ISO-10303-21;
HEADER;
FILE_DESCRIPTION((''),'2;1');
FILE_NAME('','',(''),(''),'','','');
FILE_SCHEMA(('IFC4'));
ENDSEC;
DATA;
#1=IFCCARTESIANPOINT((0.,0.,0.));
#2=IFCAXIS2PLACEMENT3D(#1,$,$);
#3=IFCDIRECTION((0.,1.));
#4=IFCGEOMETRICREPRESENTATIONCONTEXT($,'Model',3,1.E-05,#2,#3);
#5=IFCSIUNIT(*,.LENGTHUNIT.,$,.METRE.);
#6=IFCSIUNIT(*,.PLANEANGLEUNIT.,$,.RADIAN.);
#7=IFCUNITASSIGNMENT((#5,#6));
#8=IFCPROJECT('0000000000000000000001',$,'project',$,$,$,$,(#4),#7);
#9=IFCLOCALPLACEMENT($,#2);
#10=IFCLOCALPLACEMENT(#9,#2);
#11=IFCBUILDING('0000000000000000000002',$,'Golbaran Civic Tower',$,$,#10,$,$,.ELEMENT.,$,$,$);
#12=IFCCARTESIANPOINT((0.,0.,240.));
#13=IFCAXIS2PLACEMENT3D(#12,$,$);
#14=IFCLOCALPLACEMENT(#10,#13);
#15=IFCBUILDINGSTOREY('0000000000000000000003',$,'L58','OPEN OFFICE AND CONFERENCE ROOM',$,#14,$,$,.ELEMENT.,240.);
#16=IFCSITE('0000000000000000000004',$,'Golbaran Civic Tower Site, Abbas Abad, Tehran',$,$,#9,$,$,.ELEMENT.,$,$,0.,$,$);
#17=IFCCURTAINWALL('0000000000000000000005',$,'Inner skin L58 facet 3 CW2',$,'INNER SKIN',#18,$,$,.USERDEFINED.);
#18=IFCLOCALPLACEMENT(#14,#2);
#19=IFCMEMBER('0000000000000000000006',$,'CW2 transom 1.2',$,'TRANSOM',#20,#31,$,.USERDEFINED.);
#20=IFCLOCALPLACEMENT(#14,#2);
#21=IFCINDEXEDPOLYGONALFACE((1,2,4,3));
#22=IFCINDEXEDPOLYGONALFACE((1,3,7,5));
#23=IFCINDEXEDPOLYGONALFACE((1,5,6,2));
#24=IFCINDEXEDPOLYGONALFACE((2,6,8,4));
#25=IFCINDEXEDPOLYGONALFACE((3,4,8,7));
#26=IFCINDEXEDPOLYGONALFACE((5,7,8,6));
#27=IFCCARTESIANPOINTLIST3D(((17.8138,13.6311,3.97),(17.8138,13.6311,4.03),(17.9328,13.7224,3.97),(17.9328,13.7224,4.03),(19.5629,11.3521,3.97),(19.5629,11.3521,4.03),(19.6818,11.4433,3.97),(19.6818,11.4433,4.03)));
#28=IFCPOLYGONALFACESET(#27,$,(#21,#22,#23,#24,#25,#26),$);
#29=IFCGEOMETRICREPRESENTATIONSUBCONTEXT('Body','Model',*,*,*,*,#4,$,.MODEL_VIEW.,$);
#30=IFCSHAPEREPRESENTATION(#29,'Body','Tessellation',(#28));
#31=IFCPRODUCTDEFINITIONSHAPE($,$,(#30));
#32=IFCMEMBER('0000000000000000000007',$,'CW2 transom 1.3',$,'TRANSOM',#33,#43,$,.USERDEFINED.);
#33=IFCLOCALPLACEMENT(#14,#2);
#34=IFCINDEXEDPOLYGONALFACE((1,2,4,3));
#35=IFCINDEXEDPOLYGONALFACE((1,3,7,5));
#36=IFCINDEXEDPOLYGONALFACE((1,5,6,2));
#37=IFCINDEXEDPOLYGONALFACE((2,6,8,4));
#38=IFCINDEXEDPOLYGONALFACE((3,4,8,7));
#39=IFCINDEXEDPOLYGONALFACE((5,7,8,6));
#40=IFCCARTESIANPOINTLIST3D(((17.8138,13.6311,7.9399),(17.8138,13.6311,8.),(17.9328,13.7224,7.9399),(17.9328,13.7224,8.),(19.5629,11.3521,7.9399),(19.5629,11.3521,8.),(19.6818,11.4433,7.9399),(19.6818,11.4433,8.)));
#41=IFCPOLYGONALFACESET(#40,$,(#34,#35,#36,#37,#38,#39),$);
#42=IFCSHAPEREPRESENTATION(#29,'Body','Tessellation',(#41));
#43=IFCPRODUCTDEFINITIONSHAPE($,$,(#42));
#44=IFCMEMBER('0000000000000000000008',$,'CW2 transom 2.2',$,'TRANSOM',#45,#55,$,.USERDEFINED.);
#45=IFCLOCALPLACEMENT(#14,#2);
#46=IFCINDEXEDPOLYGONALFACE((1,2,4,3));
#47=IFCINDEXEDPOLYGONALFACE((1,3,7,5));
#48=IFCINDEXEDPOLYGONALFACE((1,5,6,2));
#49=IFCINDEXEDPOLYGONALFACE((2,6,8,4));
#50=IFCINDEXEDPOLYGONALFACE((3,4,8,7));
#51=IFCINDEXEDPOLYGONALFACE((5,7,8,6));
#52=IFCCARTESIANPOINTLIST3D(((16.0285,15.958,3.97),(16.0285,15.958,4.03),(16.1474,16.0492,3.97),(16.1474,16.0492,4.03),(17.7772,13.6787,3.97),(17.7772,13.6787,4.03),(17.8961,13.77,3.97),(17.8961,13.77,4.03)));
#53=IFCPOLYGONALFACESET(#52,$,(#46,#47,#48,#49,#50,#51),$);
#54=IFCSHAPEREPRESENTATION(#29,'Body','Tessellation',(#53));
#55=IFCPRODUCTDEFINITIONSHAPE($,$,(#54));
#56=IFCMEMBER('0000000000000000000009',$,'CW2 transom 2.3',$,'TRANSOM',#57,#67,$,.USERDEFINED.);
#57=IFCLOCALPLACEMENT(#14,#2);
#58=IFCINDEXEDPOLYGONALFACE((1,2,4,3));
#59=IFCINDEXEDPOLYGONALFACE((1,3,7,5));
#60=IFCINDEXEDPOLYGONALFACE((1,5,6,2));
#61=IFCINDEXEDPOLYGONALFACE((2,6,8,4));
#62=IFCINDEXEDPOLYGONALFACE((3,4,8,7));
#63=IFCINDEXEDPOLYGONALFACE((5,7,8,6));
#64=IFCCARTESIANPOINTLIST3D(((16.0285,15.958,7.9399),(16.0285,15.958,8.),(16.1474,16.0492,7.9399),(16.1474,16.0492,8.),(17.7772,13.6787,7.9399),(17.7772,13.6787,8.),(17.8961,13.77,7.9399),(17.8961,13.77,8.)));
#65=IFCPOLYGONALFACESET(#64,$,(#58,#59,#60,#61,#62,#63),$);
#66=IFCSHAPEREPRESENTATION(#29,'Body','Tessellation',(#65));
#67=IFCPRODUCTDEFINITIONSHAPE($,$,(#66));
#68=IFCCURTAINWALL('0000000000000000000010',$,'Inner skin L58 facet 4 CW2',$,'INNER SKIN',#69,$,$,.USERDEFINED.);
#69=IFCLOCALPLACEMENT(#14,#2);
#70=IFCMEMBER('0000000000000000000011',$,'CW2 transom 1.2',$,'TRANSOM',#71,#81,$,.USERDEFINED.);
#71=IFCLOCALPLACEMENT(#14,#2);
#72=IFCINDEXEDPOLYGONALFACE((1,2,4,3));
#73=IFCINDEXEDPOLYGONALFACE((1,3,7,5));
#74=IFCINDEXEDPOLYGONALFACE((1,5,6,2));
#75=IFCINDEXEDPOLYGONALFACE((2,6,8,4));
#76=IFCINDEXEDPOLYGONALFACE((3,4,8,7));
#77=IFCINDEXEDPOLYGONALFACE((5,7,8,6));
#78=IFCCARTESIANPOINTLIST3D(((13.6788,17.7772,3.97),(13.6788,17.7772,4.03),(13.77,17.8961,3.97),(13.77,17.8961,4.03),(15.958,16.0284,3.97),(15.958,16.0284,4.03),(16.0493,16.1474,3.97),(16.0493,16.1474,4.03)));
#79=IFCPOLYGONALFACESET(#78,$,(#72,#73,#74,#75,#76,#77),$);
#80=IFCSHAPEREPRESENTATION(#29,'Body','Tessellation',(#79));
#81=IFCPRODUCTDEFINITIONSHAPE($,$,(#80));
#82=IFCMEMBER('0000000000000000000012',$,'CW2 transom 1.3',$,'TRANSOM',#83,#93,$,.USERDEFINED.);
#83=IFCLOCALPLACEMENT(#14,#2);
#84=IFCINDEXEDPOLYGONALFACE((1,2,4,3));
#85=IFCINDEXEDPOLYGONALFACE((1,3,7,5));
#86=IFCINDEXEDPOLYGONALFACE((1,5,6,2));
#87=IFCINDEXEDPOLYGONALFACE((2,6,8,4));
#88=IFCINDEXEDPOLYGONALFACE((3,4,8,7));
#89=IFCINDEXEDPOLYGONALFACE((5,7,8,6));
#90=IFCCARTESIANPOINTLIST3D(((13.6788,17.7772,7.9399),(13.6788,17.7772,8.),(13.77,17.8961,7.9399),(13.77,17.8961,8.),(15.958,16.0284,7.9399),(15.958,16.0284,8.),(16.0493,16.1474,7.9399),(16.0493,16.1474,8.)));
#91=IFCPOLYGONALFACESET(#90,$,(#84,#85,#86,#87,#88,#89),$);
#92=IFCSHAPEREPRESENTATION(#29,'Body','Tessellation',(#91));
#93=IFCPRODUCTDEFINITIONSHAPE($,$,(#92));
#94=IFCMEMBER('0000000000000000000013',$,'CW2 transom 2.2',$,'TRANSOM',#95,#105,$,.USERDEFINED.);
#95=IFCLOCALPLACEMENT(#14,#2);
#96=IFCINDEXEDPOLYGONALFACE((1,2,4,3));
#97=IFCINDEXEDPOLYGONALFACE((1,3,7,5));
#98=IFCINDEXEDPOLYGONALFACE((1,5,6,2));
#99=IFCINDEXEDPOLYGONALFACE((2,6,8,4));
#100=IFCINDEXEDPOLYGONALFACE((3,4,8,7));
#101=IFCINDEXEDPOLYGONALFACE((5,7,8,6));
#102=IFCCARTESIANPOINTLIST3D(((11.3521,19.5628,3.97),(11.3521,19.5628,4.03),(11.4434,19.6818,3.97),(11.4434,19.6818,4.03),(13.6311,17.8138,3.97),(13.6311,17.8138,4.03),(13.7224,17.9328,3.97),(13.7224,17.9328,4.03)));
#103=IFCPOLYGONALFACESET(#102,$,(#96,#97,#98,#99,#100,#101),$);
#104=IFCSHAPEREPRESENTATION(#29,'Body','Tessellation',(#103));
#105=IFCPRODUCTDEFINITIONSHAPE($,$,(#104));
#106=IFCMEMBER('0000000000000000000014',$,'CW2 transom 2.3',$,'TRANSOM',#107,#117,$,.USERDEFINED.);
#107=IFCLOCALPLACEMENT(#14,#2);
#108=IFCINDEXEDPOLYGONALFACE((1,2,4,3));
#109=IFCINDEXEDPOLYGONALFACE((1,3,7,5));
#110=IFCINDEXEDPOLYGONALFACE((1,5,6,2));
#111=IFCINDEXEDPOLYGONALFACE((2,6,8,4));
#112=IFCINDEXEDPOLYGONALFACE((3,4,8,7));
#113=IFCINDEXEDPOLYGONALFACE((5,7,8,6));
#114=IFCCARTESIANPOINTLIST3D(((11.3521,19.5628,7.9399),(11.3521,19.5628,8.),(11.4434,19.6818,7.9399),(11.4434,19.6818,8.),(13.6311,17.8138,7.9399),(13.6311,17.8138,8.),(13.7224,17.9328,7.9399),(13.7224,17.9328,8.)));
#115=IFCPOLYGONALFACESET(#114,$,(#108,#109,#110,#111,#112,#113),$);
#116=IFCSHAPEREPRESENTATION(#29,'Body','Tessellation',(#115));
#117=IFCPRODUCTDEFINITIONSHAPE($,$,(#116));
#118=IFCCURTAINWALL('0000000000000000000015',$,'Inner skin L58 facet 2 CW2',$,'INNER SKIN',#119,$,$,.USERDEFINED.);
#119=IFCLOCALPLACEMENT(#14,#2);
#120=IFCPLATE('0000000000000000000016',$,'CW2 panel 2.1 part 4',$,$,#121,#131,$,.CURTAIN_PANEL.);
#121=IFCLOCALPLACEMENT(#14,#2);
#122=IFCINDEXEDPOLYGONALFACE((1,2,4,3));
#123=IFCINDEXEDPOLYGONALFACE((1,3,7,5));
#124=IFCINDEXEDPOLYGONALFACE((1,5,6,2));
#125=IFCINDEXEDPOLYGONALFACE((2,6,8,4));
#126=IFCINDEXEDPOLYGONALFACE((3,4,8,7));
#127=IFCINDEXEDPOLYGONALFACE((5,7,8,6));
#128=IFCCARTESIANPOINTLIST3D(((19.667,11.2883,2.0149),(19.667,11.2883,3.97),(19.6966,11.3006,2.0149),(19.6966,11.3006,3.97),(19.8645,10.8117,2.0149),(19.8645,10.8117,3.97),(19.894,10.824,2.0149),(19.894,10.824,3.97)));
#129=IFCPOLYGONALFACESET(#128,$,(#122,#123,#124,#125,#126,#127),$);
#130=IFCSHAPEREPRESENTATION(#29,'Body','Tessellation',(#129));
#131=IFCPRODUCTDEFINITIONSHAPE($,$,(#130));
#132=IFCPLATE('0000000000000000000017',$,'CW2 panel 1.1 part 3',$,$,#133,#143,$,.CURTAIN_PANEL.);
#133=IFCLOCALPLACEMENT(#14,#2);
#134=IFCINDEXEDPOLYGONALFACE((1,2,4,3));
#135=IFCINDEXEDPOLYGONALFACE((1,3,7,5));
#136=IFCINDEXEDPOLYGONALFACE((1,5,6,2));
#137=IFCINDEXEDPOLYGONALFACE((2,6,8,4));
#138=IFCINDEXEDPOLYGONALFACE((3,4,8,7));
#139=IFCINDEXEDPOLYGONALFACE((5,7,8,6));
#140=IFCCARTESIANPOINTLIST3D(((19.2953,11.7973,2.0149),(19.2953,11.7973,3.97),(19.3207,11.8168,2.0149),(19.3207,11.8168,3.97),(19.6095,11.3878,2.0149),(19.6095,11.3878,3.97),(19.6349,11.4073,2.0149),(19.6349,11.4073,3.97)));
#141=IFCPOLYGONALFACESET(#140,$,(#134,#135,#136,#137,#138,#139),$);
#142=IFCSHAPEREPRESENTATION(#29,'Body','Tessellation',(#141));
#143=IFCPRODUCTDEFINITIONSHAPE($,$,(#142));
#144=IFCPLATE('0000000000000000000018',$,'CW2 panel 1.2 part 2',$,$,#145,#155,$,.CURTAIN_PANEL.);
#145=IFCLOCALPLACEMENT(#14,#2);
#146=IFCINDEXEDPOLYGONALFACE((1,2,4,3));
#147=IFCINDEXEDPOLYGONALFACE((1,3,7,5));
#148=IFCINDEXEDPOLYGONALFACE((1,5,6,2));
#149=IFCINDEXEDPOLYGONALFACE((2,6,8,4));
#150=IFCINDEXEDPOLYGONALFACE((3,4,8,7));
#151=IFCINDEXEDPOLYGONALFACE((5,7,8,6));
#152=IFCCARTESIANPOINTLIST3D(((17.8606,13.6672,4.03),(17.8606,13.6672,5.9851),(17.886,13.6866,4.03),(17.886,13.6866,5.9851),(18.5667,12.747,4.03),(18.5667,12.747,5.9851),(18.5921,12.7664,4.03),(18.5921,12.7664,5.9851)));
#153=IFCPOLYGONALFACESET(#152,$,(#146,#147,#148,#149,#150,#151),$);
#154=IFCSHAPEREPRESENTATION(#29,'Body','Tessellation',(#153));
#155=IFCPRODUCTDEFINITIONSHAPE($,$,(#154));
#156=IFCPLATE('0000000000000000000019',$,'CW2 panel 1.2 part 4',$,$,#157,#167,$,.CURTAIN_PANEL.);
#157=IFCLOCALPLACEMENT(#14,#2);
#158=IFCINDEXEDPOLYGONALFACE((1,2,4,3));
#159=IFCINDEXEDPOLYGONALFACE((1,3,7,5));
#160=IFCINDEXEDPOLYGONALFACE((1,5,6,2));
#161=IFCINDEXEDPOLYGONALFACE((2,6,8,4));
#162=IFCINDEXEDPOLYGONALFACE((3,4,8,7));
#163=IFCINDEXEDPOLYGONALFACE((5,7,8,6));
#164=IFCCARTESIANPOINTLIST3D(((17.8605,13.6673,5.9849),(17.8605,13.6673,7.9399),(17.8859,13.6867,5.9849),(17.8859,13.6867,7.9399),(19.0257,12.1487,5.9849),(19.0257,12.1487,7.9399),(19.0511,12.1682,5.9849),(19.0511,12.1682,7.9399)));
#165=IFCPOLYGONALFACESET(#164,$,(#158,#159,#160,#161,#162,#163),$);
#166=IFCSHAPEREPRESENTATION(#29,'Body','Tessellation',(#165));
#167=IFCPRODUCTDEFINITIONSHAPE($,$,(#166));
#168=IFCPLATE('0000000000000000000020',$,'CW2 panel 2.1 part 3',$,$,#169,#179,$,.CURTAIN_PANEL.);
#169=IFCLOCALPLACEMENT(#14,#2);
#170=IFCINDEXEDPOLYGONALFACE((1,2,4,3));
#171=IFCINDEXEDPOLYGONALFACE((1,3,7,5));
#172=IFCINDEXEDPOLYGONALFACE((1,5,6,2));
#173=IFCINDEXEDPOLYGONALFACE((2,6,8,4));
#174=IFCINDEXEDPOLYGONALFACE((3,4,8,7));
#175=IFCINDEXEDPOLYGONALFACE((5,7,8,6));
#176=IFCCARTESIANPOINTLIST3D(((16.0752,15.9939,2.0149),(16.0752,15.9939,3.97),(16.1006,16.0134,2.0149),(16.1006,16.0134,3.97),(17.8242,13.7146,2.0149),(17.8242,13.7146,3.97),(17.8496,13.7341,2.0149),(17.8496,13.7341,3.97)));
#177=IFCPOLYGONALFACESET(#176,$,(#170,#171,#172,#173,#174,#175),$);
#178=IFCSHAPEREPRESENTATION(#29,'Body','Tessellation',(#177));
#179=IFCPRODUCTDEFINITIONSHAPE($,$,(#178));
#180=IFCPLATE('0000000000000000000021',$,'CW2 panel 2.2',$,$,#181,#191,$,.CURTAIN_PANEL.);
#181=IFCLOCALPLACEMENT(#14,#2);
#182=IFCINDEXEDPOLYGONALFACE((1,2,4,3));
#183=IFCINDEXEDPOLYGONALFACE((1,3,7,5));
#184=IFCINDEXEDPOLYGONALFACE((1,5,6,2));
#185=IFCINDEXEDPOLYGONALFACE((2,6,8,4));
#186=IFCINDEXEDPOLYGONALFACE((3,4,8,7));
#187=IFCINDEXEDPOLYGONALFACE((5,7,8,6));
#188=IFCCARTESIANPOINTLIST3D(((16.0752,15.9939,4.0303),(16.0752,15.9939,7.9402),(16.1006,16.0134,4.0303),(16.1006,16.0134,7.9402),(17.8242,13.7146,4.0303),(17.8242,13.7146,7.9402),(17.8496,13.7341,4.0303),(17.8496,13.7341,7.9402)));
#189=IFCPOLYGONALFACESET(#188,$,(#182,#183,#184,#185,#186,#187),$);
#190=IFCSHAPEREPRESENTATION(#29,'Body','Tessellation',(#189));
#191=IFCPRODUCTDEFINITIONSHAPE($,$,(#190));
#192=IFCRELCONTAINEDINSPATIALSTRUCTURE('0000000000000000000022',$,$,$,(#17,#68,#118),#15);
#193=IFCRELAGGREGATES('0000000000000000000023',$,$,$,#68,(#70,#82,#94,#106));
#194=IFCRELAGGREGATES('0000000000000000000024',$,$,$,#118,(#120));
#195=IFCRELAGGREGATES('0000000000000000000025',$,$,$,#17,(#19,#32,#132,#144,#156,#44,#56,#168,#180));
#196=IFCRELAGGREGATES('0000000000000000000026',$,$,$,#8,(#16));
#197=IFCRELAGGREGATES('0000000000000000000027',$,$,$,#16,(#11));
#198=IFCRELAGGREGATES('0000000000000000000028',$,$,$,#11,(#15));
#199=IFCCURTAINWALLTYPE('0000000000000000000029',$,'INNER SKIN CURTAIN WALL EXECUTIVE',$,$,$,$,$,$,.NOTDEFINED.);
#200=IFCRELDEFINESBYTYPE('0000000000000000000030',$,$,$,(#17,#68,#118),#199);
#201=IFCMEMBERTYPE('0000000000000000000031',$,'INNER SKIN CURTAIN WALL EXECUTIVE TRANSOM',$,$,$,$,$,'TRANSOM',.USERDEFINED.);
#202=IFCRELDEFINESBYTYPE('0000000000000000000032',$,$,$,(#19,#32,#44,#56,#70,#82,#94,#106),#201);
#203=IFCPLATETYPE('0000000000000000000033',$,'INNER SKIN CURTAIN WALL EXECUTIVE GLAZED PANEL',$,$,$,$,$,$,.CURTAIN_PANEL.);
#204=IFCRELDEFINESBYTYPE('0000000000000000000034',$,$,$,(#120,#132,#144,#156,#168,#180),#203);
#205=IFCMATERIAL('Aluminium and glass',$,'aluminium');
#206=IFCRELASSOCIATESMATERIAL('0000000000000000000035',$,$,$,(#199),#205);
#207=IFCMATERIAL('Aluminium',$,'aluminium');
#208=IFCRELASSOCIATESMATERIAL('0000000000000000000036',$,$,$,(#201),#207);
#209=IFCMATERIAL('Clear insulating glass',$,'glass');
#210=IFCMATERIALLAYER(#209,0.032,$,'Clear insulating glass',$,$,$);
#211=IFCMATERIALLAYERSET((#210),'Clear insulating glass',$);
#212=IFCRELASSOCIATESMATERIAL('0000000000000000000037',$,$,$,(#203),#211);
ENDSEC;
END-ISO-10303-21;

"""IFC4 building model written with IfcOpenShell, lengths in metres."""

from ifc_helpers import new_model, si_unit, direction, frame, origin, origin_2d, place, context, subcontext, project, spatial, rectangle, extrude, material, layer, layer_set, material_profile, profile_set, type_object, element, aggregate, save


model = new_model("IFC4")

# Units and contexts
model_context = context("Model", 3, precision=1e-05, world=origin(), true_north=direction((0.0, 1.0)))
body_context = subcontext(model_context, "Body", "Model", "MODEL_VIEW")
ifc_project = project(units=[si_unit("LENGTHUNIT", "METRE"), si_unit("PLANEANGLEUNIT", "RADIAN")], contexts=[model_context])

# Site, building, storey
site_placement = place(None, origin())
site = spatial("IfcSite", under=ifc_project, at=site_placement, Name="Golbaran Civic Tower Site, Abbas Abad, Tehran", CompositionType="ELEMENT", RefElevation=0.0)
building_placement = place(site_placement, origin())
building = spatial("IfcBuilding", under=site, at=building_placement, Name="Golbaran Civic Tower", CompositionType="ELEMENT")
storey_placement = place(building_placement, frame((0.0, 0.0, 240.0)))
storey = spatial("IfcBuildingStorey", under=building, at=storey_placement, Name="L58", Description="OPEN OFFICE AND CONFERENCE ROOM", CompositionType="ELEMENT", Elevation=240.0)

# Curtain walls, members
ifc_material_1 = material(Name="Aluminium and glass", Category="aluminium")
curtain_wall_type = type_object("IfcCurtainWallType", Name="INNER SKIN CURTAIN WALL EXECUTIVE", PredefinedType="NOTDEFINED", material=ifc_material_1)
curtain_wall_1_placement = place(storey_placement, origin())
curtain_wall_1 = element("IfcCurtainWall", 1, at=curtain_wall_1_placement, inside=storey, type_object=curtain_wall_type, Name="Inner skin L58 facet 3 CW2", ObjectType="INNER SKIN", PredefinedType="USERDEFINED")
ifc_material_2 = material(Name="Aluminium", Category="aluminium")
ifc_material_profile = material_profile(ifc_material_2, rectangle(XDim=0.1499, YDim=0.0601, at=origin_2d()), Name="INNER SKIN CURTAIN WALL EXECUTIVE TRANSOM")
ifc_profile_set = profile_set([ifc_material_profile], Name="Aluminium")
member_type = type_object("IfcMemberType", Name="INNER SKIN CURTAIN WALL EXECUTIVE TRANSOM", ElementType="TRANSOM", PredefinedType="USERDEFINED", material=ifc_profile_set)
member_1_placement = place(storey_placement, frame((19.6223, 11.3977, 4.0), z_axis=(-0.608815, 0.793312, 0.0), x_axis=(-0.793312, -0.608815, 0.0)))
member_1 = element("IfcMember", 2, at=member_1_placement, type_object=member_type, Name="CW2 transom 1.2", ObjectType="TRANSOM", PredefinedType="USERDEFINED", context=body_context, shape_type="SweptSolid", body=[
    extrude(rectangle(XDim=0.1499, YDim=0.0601, at=origin_2d()), origin(), (0.0, 0.0, 1.0), 2.8728),
])
member_2_placement = place(storey_placement, frame((19.6223, 11.3977, 7.97), z_axis=(-0.608815, 0.793312, 0.0), x_axis=(-0.793312, -0.608815, 0.0)))
member_2 = element("IfcMember", 3, at=member_2_placement, type_object=member_type, Name="CW2 transom 1.3", ObjectType="TRANSOM", PredefinedType="USERDEFINED", context=body_context, shape_type="SweptSolid", body=[
    extrude(rectangle(XDim=0.1499, YDim=0.0601, at=origin_2d()), origin(), (0.0, 0.0, 1.0), 2.8728),
])
member_3_placement = place(storey_placement, frame((17.8367, 13.7244, 4.0), z_axis=(-0.608721, 0.793385, 0.0), x_axis=(-0.793385, -0.608721, 0.0)))
member_3 = element("IfcMember", 4, at=member_3_placement, type_object=member_type, Name="CW2 transom 2.2", ObjectType="TRANSOM", PredefinedType="USERDEFINED", context=body_context, shape_type="SweptSolid", body=[
    extrude(rectangle(XDim=0.1499, YDim=0.0601, at=origin_2d()), origin(), (0.0, 0.0, 1.0), 2.8728),
])
member_4_placement = place(storey_placement, frame((17.8367, 13.7244, 7.97), z_axis=(-0.608721, 0.793385, 0.0), x_axis=(-0.793385, -0.608721, 0.0)))
member_4 = element("IfcMember", 5, at=member_4_placement, type_object=member_type, Name="CW2 transom 2.3", ObjectType="TRANSOM", PredefinedType="USERDEFINED", context=body_context, shape_type="SweptSolid", body=[
    extrude(rectangle(XDim=0.1499, YDim=0.0601, at=origin_2d()), origin(), (0.0, 0.0, 1.0), 2.8728),
])
curtain_wall_2_placement = place(storey_placement, origin())
curtain_wall_2 = element("IfcCurtainWall", 6, at=curtain_wall_2_placement, inside=storey, type_object=curtain_wall_type, Name="Inner skin L58 facet 4 CW2", ObjectType="INNER SKIN", PredefinedType="USERDEFINED")
member_5_placement = place(storey_placement, frame((16.0037, 16.0879, 4.0), z_axis=(-0.793385, 0.608721, 0.0), x_axis=(-0.608721, -0.793385, 0.0)))
member_5 = element("IfcMember", 7, at=member_5_placement, type_object=member_type, Name="CW2 transom 1.2", ObjectType="TRANSOM", PredefinedType="USERDEFINED", context=body_context, shape_type="SweptSolid", body=[
    extrude(rectangle(XDim=0.1499, YDim=0.0601, at=origin_2d()), origin(), (0.0, 0.0, 1.0), 2.8728),
])
member_6_placement = place(storey_placement, frame((16.0037, 16.0879, 7.97), z_axis=(-0.793385, 0.608721, 0.0), x_axis=(-0.608721, -0.793385, 0.0)))
member_6 = element("IfcMember", 8, at=member_6_placement, type_object=member_type, Name="CW2 transom 1.3", ObjectType="TRANSOM", PredefinedType="USERDEFINED", context=body_context, shape_type="SweptSolid", body=[
    extrude(rectangle(XDim=0.1499, YDim=0.0601, at=origin_2d()), origin(), (0.0, 0.0, 1.0), 2.8728),
])
member_7_placement = place(storey_placement, frame((13.6768, 17.8733, 4.0), z_axis=(-0.793312, 0.608815, 0.0), x_axis=(-0.608815, -0.793312, 0.0)))
member_7 = element("IfcMember", 9, at=member_7_placement, type_object=member_type, Name="CW2 transom 2.2", ObjectType="TRANSOM", PredefinedType="USERDEFINED", context=body_context, shape_type="SweptSolid", body=[
    extrude(rectangle(XDim=0.1499, YDim=0.0601, at=origin_2d()), origin(), (0.0, 0.0, 1.0), 2.8728),
])
member_8_placement = place(storey_placement, frame((13.6768, 17.8733, 7.97), z_axis=(-0.793312, 0.608815, 0.0), x_axis=(-0.608815, -0.793312, 0.0)))
member_8 = element("IfcMember", 10, at=member_8_placement, type_object=member_type, Name="CW2 transom 2.3", ObjectType="TRANSOM", PredefinedType="USERDEFINED", context=body_context, shape_type="SweptSolid", body=[
    extrude(rectangle(XDim=0.1499, YDim=0.0601, at=origin_2d()), origin(), (0.0, 0.0, 1.0), 2.8728),
])

# Curtain wall, plate
curtain_wall_3_placement = place(storey_placement, origin())
curtain_wall_3 = element("IfcCurtainWall", 11, at=curtain_wall_3_placement, inside=storey, type_object=curtain_wall_type, Name="Inner skin L58 facet 2 CW2", ObjectType="INNER SKIN", PredefinedType="USERDEFINED")
ifc_material_3 = material(Name="Clear insulating glass", Category="glass")
ifc_layer_1 = layer(ifc_material_3, 0.032, Name="Clear insulating glass")
ifc_layer_set_1 = layer_set([ifc_layer_1], Name="Clear insulating glass")
plate_type_1 = type_object("IfcPlateType", Name="INNER SKIN CURTAIN WALL EXECUTIVE GLAZED PANEL", PredefinedType="CURTAIN_PANEL", material=ifc_layer_set_1)
plate_1_placement = place(storey_placement, frame((19.7805, 11.0562, 2.0149), z_axis=(0.0, 0.0, 1.0), x_axis=(-0.382683, 0.92388, 0.0)))
plate_1 = element("IfcPlate", 12, at=plate_1_placement, type_object=plate_type_1, Name="CW2 panel 2.1 part 4", PredefinedType="CURTAIN_PANEL", context=body_context, shape_type="SweptSolid", body=[
    extrude(rectangle(XDim=0.5159, YDim=0.032, at=origin_2d()), origin(), (0.0, 0.0, 1.0), 1.9551),
])

# Plates
plate_2_placement = place(storey_placement, frame((19.4651, 11.6023, 2.0149), z_axis=(0.0, 0.0, 1.0), x_axis=(-0.608761, 0.793353, 0.0)))
plate_2 = element("IfcPlate", 13, at=plate_2_placement, type_object=plate_type_1, Name="CW2 panel 1.1 part 3", PredefinedType="CURTAIN_PANEL", context=body_context, shape_type="SweptSolid", body=[
    extrude(rectangle(XDim=0.5161, YDim=0.032, at=origin_2d()), origin(), (0.0, 0.0, 1.0), 1.9551),
])
plate_3_placement = place(storey_placement, frame((18.2263, 13.2168, 4.03), z_axis=(0.0, 0.0, 1.0), x_axis=(-0.608761, 0.793353, 0.0)))
plate_3 = element("IfcPlate", 14, at=plate_3_placement, type_object=plate_type_1, Name="CW2 panel 1.2 part 2", PredefinedType="CURTAIN_PANEL", context=body_context, shape_type="SweptSolid", body=[
    extrude(rectangle(XDim=1.1599, YDim=0.032, at=origin_2d()), origin(), (0.0, 0.0, 1.0), 1.9551),
])
plate_4_placement = place(storey_placement, frame((18.4558, 12.9177, 5.9849), z_axis=(0.0, 0.0, 1.0), x_axis=(-0.608761, 0.793353, 0.0)))
plate_4 = element("IfcPlate", 15, at=plate_4_placement, type_object=plate_type_1, Name="CW2 panel 1.2 part 4", PredefinedType="CURTAIN_PANEL", context=body_context, shape_type="SweptSolid", body=[
    extrude(rectangle(XDim=1.9141, YDim=0.032, at=origin_2d()), origin(), (0.0, 0.0, 1.0), 1.9551),
])
plate_5_placement = place(storey_placement, frame((16.9624, 14.864, 2.0149), z_axis=(0.0, 0.0, 1.0), x_axis=(-0.608761, 0.793353, 0.0)))
plate_5 = element("IfcPlate", 16, at=plate_5_placement, type_object=plate_type_1, Name="CW2 panel 2.1 part 3", PredefinedType="CURTAIN_PANEL", context=body_context, shape_type="SweptSolid", body=[
    extrude(rectangle(XDim=2.873, YDim=0.032, at=origin_2d()), origin(), (0.0, 0.0, 1.0), 1.9551),
])
plate_6_placement = place(storey_placement, frame((16.9624, 14.864, 4.0303), z_axis=(0.0, 0.0, 1.0), x_axis=(-0.608761, 0.793353, 0.0)))
plate_6 = element("IfcPlate", 17, at=plate_6_placement, type_object=plate_type_1, Name="CW2 panel 2.2", PredefinedType="CURTAIN_PANEL", context=body_context, shape_type="SweptSolid", body=[
    extrude(rectangle(XDim=2.873, YDim=0.032, at=origin_2d()), origin(), (0.0, 0.0, 1.0), 3.9099),
])
aggregate(curtain_wall_2, [member_5, member_6, member_7, member_8])
aggregate(curtain_wall_3, [plate_1])
aggregate(curtain_wall_1, [member_1, member_2, plate_2, plate_3, plate_4, member_3, member_4, plate_5, plate_6])

save(model, "model.ifc")
